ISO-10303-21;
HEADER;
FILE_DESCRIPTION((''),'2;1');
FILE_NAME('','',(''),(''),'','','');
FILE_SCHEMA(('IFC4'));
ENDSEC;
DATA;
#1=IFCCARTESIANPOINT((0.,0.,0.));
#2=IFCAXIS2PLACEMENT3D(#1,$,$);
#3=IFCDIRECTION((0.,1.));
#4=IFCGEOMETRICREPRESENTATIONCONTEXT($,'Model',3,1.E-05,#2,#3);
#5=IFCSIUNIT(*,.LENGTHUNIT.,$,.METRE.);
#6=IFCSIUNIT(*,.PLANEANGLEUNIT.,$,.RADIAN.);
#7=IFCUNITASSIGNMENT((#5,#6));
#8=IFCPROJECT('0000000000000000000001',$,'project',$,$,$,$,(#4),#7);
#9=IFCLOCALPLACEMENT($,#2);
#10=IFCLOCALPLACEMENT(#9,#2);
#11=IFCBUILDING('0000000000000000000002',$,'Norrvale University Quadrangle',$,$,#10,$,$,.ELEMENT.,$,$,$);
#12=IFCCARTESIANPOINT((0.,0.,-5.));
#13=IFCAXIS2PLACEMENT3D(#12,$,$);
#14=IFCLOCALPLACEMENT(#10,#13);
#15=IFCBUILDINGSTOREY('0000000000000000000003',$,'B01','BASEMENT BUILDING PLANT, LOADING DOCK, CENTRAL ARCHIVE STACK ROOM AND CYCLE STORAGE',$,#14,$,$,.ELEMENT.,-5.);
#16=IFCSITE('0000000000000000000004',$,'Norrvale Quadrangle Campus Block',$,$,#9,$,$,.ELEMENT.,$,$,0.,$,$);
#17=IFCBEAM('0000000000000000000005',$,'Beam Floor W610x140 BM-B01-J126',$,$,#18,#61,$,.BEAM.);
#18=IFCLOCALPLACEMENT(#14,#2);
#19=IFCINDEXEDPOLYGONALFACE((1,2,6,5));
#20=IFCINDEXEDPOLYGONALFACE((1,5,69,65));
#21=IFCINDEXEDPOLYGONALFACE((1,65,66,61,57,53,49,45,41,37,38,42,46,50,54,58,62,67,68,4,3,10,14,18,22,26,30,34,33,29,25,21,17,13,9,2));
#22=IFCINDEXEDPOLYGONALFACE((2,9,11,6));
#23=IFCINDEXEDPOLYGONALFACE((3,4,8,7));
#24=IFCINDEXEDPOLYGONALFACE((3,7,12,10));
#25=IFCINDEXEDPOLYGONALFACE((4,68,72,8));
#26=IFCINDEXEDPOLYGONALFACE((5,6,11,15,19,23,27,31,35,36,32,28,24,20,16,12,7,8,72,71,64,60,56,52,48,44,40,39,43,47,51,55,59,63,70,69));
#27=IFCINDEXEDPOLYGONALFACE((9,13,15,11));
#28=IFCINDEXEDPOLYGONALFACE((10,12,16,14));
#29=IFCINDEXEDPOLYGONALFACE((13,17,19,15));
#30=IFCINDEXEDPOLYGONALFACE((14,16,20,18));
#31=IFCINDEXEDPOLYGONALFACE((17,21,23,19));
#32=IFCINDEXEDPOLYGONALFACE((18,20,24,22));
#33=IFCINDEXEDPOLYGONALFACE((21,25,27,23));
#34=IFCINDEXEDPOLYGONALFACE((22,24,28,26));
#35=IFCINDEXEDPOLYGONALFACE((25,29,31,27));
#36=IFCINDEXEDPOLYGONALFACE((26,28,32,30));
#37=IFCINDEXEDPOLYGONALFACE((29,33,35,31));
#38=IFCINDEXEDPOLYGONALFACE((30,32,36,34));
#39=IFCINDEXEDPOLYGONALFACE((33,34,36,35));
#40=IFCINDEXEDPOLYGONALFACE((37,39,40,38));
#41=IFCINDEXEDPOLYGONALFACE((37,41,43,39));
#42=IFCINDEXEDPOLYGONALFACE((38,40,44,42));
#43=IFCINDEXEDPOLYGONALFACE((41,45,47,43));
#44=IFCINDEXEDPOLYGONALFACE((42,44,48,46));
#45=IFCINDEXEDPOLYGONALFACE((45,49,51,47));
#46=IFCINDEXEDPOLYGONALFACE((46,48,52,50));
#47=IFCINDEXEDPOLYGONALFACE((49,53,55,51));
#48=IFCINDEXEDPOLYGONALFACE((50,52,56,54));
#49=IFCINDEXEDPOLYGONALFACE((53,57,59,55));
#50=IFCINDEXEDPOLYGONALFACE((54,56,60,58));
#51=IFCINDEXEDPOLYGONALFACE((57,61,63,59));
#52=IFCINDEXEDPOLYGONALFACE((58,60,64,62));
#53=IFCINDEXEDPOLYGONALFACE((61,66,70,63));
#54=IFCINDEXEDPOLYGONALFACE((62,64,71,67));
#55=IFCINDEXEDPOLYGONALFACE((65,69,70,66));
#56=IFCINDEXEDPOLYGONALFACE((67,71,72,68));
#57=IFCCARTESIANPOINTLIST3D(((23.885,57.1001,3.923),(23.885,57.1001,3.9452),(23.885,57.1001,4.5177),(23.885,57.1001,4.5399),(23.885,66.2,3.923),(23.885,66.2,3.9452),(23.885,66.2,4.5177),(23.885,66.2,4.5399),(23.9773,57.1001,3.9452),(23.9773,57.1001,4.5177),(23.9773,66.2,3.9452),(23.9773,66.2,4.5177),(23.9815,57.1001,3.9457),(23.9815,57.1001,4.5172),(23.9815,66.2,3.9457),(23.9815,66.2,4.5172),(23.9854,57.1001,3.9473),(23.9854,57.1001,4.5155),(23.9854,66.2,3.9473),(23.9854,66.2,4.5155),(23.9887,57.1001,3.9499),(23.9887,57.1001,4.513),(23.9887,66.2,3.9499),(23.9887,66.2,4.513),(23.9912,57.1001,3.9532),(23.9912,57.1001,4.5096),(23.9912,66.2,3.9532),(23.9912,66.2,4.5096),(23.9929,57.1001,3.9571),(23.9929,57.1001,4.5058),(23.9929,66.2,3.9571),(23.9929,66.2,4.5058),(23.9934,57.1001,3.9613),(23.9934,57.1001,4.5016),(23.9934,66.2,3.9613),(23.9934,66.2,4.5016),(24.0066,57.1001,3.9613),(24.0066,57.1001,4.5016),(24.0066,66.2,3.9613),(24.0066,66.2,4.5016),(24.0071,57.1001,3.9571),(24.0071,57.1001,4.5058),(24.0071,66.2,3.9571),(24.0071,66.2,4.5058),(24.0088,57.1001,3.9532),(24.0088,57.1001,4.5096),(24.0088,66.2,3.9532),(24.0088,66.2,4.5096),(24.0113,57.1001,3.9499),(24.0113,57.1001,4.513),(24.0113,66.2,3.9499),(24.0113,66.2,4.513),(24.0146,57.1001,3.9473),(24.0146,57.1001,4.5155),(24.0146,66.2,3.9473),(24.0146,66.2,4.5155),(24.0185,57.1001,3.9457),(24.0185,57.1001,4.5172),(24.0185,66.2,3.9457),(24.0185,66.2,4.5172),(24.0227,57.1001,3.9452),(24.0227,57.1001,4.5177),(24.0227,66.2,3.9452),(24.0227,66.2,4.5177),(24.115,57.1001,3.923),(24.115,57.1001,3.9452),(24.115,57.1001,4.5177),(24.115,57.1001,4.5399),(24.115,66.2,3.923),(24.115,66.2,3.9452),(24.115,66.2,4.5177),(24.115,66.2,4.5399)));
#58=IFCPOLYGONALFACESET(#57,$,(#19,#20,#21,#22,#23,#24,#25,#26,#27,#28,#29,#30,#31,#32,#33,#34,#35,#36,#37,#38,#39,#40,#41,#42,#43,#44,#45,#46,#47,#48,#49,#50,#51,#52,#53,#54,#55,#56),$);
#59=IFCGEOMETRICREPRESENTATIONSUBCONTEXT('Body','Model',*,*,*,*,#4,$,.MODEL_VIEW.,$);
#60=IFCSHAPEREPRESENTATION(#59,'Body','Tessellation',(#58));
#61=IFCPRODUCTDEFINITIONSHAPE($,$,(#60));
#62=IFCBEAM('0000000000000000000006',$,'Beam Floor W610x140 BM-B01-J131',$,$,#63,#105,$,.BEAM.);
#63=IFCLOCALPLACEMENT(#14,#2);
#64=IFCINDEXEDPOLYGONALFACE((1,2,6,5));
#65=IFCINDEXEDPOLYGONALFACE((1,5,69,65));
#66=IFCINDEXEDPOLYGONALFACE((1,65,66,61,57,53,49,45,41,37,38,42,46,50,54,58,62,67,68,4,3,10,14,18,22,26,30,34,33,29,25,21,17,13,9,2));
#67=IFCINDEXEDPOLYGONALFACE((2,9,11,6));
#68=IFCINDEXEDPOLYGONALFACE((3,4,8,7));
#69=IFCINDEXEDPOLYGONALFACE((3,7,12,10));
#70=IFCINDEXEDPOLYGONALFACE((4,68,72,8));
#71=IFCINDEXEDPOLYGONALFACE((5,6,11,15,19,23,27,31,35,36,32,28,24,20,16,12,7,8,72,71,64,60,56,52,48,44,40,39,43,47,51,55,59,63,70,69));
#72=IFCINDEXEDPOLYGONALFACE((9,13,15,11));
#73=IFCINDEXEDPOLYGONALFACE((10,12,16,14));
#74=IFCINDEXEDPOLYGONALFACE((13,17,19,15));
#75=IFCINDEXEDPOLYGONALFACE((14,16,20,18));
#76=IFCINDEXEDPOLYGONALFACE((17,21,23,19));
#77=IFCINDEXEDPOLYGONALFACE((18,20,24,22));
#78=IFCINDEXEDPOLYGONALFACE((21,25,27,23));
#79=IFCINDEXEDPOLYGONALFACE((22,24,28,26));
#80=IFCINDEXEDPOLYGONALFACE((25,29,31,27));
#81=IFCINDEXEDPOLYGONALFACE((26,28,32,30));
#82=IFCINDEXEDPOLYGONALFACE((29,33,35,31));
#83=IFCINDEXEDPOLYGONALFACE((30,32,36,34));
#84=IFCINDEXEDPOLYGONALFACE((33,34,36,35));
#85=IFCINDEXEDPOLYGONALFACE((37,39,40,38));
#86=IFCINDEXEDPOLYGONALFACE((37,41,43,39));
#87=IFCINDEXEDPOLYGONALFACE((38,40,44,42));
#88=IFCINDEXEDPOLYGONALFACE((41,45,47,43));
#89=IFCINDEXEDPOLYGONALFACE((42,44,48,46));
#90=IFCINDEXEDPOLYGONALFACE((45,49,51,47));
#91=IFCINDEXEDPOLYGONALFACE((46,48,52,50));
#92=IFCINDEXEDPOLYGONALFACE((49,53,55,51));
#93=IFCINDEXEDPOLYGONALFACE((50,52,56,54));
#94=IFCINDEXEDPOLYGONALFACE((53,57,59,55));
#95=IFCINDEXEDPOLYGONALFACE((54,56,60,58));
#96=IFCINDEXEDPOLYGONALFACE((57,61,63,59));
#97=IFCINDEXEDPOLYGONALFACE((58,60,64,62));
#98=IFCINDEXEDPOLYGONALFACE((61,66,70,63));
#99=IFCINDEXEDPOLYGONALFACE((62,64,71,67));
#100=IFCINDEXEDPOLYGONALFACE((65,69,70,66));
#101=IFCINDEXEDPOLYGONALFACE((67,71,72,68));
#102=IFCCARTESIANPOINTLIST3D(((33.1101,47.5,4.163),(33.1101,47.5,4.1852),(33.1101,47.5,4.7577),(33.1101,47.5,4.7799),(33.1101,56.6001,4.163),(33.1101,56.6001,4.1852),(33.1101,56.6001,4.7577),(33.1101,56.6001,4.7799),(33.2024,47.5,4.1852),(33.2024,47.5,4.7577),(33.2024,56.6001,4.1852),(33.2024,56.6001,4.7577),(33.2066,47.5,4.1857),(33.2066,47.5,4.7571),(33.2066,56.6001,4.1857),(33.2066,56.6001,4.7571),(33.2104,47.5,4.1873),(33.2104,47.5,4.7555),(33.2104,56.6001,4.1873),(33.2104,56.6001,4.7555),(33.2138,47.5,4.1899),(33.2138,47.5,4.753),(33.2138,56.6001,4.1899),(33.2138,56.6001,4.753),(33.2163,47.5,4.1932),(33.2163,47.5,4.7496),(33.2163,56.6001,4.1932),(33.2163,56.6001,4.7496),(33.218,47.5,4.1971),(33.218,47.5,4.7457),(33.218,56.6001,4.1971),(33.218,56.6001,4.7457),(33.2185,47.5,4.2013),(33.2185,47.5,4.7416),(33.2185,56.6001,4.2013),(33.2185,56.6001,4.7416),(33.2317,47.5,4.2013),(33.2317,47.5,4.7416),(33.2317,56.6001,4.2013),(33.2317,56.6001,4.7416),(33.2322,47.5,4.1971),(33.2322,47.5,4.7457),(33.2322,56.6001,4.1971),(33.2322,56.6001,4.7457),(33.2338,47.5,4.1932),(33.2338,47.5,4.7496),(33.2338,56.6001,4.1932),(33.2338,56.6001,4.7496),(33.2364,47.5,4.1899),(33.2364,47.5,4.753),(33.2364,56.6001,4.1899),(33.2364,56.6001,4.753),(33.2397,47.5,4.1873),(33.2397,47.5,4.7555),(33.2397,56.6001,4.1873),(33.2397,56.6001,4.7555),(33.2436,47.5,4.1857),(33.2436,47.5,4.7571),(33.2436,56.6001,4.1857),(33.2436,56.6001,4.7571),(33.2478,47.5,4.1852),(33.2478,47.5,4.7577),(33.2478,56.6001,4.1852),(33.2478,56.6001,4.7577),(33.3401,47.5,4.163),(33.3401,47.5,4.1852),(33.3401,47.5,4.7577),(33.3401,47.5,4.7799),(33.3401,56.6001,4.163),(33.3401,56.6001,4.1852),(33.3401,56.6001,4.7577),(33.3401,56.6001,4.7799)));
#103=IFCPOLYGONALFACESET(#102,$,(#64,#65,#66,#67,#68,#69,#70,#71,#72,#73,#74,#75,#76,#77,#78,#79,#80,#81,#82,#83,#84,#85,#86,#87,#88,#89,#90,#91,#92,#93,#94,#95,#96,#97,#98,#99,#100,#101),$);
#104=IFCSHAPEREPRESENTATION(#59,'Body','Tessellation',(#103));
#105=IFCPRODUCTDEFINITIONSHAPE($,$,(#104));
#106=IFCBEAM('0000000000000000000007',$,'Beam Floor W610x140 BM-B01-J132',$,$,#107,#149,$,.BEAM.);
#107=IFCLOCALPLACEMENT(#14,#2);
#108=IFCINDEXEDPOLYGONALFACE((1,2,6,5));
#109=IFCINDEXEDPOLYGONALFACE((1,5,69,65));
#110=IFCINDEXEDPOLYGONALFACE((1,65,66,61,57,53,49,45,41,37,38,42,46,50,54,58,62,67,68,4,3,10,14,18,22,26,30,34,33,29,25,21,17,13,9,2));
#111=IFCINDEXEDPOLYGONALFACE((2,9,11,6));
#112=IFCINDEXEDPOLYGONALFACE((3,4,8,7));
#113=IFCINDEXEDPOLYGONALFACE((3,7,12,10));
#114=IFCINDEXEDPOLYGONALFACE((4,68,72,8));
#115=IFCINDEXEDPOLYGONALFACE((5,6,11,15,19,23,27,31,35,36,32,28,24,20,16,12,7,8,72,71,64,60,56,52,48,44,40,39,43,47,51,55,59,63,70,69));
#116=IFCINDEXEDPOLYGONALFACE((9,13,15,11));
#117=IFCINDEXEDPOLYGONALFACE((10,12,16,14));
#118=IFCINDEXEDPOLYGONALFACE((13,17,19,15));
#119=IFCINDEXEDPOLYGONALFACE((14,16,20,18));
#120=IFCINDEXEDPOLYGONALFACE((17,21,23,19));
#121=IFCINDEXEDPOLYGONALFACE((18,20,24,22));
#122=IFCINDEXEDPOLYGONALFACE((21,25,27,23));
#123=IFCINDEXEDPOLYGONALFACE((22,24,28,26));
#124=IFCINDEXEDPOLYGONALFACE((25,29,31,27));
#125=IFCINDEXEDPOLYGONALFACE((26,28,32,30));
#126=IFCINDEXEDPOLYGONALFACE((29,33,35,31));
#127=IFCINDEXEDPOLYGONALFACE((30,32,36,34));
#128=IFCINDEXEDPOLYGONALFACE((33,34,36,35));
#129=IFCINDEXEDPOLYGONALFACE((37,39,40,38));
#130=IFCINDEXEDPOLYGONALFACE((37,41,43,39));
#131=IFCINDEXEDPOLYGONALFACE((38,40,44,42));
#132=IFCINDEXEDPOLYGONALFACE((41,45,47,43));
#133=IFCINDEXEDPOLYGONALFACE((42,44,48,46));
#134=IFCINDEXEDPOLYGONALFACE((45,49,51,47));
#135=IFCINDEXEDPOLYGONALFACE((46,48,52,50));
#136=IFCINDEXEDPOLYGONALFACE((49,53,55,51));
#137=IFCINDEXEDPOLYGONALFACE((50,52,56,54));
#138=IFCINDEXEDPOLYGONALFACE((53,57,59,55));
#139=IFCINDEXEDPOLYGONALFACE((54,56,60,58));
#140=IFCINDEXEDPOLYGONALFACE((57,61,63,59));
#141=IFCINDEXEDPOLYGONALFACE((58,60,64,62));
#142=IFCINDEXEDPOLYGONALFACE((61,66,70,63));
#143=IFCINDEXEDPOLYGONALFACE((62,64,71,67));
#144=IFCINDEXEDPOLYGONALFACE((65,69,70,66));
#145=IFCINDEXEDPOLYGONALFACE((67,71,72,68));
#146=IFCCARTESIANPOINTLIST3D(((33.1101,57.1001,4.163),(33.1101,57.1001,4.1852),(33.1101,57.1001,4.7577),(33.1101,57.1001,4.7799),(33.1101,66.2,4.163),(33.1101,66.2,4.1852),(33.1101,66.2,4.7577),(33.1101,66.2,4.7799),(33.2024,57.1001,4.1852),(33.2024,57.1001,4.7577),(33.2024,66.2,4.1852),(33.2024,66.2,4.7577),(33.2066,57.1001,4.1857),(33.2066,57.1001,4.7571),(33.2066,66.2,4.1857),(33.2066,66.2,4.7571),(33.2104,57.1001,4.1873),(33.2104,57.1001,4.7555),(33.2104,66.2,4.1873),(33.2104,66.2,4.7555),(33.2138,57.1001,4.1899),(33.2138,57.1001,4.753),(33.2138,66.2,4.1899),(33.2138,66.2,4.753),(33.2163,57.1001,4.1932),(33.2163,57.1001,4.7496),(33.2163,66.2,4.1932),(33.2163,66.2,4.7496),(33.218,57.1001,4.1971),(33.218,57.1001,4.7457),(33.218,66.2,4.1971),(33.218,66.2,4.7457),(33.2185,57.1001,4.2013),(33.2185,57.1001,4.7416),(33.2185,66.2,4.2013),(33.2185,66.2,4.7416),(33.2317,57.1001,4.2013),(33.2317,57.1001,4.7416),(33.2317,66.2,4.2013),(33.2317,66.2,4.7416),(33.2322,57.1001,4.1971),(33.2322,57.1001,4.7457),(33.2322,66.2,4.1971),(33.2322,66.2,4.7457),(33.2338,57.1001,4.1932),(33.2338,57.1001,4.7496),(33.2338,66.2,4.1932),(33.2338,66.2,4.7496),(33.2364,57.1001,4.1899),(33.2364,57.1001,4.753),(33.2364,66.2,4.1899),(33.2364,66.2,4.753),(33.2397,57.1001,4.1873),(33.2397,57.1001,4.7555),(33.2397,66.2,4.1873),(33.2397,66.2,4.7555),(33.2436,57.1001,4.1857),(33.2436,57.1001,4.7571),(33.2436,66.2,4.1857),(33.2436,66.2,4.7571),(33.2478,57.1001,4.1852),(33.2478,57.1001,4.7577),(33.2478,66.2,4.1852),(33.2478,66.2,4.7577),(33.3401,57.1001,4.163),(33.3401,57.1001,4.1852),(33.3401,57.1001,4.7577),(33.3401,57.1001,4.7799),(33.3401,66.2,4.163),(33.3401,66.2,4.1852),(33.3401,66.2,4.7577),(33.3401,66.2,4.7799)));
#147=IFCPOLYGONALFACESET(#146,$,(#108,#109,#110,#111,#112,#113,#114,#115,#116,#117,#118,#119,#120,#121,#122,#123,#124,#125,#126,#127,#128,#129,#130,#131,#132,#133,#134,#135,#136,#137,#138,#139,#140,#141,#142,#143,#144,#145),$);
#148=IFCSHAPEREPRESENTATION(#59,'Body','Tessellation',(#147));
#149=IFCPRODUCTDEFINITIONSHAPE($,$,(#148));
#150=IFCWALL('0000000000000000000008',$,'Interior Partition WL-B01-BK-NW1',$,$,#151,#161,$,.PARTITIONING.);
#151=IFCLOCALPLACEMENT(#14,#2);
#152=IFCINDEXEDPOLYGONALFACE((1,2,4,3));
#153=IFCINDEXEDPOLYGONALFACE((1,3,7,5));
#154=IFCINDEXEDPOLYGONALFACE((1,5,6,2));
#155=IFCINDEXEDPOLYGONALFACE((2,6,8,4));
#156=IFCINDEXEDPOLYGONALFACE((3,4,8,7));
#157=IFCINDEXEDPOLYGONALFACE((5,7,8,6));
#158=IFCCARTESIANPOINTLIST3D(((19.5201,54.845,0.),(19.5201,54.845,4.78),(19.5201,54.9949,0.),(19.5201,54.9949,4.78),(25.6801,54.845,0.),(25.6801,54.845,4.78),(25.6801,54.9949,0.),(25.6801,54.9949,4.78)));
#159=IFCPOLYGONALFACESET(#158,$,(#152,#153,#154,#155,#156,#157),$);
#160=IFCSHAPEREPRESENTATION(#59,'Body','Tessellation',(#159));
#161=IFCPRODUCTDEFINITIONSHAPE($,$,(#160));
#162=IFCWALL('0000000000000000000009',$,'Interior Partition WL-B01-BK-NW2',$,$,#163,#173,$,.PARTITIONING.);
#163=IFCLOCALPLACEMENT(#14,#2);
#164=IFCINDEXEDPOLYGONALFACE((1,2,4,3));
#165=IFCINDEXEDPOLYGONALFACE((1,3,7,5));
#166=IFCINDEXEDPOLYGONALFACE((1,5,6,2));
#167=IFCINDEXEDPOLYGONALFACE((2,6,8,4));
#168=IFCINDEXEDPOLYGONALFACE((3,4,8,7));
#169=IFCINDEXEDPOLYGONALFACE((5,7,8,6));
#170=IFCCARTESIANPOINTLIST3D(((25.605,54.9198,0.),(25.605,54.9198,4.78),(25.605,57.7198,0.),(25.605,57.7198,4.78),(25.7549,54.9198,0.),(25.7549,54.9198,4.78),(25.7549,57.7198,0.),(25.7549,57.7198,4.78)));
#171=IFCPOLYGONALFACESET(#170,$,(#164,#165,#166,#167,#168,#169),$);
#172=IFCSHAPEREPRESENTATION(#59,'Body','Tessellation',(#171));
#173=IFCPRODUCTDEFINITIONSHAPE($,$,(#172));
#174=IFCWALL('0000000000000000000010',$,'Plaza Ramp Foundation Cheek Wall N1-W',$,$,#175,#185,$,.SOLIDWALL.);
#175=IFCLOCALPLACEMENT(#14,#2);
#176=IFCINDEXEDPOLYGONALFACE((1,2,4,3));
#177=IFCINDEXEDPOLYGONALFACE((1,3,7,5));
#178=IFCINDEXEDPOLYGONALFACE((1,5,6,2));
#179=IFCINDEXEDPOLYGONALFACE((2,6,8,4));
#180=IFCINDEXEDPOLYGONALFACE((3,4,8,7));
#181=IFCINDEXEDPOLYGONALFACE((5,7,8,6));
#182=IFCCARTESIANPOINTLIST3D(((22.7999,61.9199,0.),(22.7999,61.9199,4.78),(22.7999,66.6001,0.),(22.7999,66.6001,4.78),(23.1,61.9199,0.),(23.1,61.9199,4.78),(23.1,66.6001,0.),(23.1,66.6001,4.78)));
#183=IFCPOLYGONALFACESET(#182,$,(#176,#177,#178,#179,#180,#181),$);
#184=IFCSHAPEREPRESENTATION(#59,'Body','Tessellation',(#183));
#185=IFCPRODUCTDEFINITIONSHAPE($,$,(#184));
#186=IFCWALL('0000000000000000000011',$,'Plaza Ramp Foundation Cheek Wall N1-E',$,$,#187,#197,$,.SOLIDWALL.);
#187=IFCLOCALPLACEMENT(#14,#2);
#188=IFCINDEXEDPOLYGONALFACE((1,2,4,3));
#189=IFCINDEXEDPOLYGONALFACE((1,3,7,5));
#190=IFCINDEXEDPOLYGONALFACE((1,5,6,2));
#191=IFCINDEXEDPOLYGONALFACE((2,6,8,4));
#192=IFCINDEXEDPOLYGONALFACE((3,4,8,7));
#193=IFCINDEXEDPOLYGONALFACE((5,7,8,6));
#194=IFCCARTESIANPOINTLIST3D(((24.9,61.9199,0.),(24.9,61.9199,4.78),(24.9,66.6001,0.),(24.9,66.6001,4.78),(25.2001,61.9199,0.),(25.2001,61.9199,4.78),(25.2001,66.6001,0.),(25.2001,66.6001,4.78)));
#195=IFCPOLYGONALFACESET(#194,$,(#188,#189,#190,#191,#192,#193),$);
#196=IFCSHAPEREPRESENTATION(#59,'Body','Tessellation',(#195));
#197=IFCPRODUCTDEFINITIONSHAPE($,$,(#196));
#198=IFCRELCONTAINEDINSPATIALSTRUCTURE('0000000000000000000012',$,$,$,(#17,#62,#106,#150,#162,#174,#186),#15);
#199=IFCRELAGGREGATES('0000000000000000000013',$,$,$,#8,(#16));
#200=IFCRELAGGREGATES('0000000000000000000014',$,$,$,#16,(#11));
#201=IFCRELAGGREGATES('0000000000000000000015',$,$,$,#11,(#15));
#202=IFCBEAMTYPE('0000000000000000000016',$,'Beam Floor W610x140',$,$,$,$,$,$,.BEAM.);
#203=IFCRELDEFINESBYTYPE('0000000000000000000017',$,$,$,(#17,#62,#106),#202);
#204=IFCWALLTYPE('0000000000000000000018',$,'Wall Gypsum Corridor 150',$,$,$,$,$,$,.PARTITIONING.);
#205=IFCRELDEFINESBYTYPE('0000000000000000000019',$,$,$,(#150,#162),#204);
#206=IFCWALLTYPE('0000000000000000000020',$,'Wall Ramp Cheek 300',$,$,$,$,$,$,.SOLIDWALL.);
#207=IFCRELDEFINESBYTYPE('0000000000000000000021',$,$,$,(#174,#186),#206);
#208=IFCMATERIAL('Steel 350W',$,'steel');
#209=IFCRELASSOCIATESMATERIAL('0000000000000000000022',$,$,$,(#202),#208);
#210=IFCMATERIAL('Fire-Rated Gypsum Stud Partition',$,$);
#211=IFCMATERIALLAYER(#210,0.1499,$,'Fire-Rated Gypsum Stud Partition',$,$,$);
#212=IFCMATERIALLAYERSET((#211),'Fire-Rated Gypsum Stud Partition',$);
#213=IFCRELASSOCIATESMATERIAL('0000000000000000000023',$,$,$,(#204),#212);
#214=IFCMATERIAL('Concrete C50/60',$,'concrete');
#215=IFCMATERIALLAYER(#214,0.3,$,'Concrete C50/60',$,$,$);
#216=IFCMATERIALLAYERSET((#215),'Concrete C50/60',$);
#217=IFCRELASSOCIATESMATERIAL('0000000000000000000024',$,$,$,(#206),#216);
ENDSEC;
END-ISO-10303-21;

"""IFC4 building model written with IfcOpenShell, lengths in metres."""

from ifc_helpers import new_model, si_unit, direction, frame, frame_2d, origin, origin_2d, place, context, subcontext, project, spatial, rectangle, i_section, extrude, material, layer, layer_set, material_profile, profile_set, type_object, element, save


model = new_model("IFC4")

# Units and contexts
model_context = context("Model", 3, precision=1e-05, world=origin(), true_north=direction((0.0, 1.0)))
body_context = subcontext(model_context, "Body", "Model", "MODEL_VIEW")
ifc_project = project(units=[si_unit("LENGTHUNIT", "METRE"), si_unit("PLANEANGLEUNIT", "RADIAN")], contexts=[model_context])

# Site, building, storey
site_placement = place(None, origin())
site = spatial("IfcSite", under=ifc_project, at=site_placement, Name="Norrvale Quadrangle Campus Block", CompositionType="ELEMENT", RefElevation=0.0)
building_placement = place(site_placement, origin())
building = spatial("IfcBuilding", under=site, at=building_placement, Name="Norrvale University Quadrangle", CompositionType="ELEMENT")
storey_placement = place(building_placement, frame((0.0, 0.0, -5.0)))
storey = spatial("IfcBuildingStorey", under=building, at=storey_placement, Name="B01", Description="BASEMENT BUILDING PLANT, LOADING DOCK, CENTRAL ARCHIVE STACK ROOM AND CYCLE STORAGE", CompositionType="ELEMENT", Elevation=-5.0)

# Shared definitions
ifc_material_1 = material(Name="Concrete C50/60", Category="concrete")

# Beams
ifc_material_2 = material(Name="Steel 350W", Category="steel")
ifc_material_profile_1 = material_profile(ifc_material_2, i_section(OverallWidth=0.23, OverallDepth=0.6169, WebThickness=0.0132, FlangeThickness=0.0222, FilletRadius=0.0161, at=origin_2d()), Name="Steel 350W")
ifc_profile_set_1 = profile_set([ifc_material_profile_1], Name="Steel 350W")
beam_type_1 = type_object("IfcBeamType", Name="Beam Floor W610x140", PredefinedType="BEAM", material=ifc_profile_set_1)
beam_1_placement = place(storey_placement, frame((24.0, 57.1001, 4.2314), z_axis=(0.0, 1.0, 0.0), x_axis=(-1.0, 0.0, 0.0)))
element("IfcBeam", 1, at=beam_1_placement, inside=storey, type_object=beam_type_1, Name="Beam Floor W610x140 BM-B01-J126", PredefinedType="BEAM", context=body_context, shape_type="SweptSolid", body=[
    extrude(i_section(OverallWidth=0.23, OverallDepth=0.6169, WebThickness=0.0132, FlangeThickness=0.0222, FilletRadius=0.0161, at=origin_2d()), origin(), (0.0, 0.0, 1.0), 9.0999),
])
beam_2_placement = place(storey_placement, frame((33.2251, 47.5, 4.4714), z_axis=(0.0, 1.0, 0.0), x_axis=(-1.0, 0.0, 0.0)))
element("IfcBeam", 2, at=beam_2_placement, inside=storey, type_object=beam_type_1, Name="Beam Floor W610x140 BM-B01-J131", PredefinedType="BEAM", context=body_context, shape_type="SweptSolid", body=[
    extrude(i_section(OverallWidth=0.23, OverallDepth=0.6169, WebThickness=0.0132, FlangeThickness=0.0222, FilletRadius=0.0161, at=origin_2d()), origin(), (0.0, 0.0, 1.0), 9.1001),
])
beam_3_placement = place(storey_placement, frame((33.2251, 57.1001, 4.4714), z_axis=(0.0, 1.0, 0.0), x_axis=(-1.0, 0.0, 0.0)))
element("IfcBeam", 3, at=beam_3_placement, inside=storey, type_object=beam_type_1, Name="Beam Floor W610x140 BM-B01-J132", PredefinedType="BEAM", context=body_context, shape_type="SweptSolid", body=[
    extrude(i_section(OverallWidth=0.23, OverallDepth=0.6169, WebThickness=0.0132, FlangeThickness=0.0222, FilletRadius=0.0161, at=origin_2d()), origin(), (0.0, 0.0, 1.0), 9.0999),
])

# Walls
ifc_material_3 = material(Name="Fire-Rated Gypsum Stud Partition")
ifc_layer_1 = layer(ifc_material_3, 0.1499, Name="Fire-Rated Gypsum Stud Partition")
ifc_layer_set_1 = layer_set([ifc_layer_1], Name="Fire-Rated Gypsum Stud Partition")
wall_type_1 = type_object("IfcWallType", Name="Wall Gypsum Corridor 150", PredefinedType="PARTITIONING", material=ifc_layer_set_1)
wall_1_placement = place(storey_placement, frame((19.52, 54.9199, 0.0), z_axis=(0.0, 0.0, 1.0), x_axis=(1.0, 0.0, 0.0)))
element("IfcWall", 4, at=wall_1_placement, inside=storey, type_object=wall_type_1, Name="Interior Partition WL-B01-BK-NW1", PredefinedType="PARTITIONING", context=body_context, shape_type="SweptSolid", body=[
    extrude(rectangle(XDim=6.1599, YDim=0.1499, at=frame_2d((3.0801, 0.0))), origin(), (0.0, 0.0, 1.0), 4.78),
])
wall_2_placement = place(storey_placement, frame((25.6799, 54.9199, 0.0), z_axis=(0.0, 0.0, 1.0), x_axis=(0.0, 1.0, 0.0)))
element("IfcWall", 5, at=wall_2_placement, inside=storey, type_object=wall_type_1, Name="Interior Partition WL-B01-BK-NW2", PredefinedType="PARTITIONING", context=body_context, shape_type="SweptSolid", body=[
    extrude(rectangle(XDim=2.8, YDim=0.1499, at=frame_2d((1.3999, 0.0))), origin(), (0.0, 0.0, 1.0), 4.78),
])
ifc_layer_2 = layer(ifc_material_1, 0.3, Name="Concrete C50/60")
ifc_layer_set_2 = layer_set([ifc_layer_2], Name="Concrete C50/60")
wall_type_2 = type_object("IfcWallType", Name="Wall Ramp Cheek 300", PredefinedType="SOLIDWALL", material=ifc_layer_set_2)
for number, where, z_axis, x_axis, name in (
    (6, (22.95, 61.9199, 0.0), (0.0, 0.0, 1.0), (0.0, 1.0, 0.0), "Plaza Ramp Foundation Cheek Wall N1-W"),
    (7, (25.05, 61.9199, 0.0), (0.0, 0.0, 1.0), (0.0, 1.0, 0.0), "Plaza Ramp Foundation Cheek Wall N1-E"),
):
    element("IfcWall", number, at=place(storey_placement, frame(where, z_axis=z_axis, x_axis=x_axis)), inside=storey, type_object=wall_type_2, Name=name, PredefinedType="SOLIDWALL", context=body_context, shape_type="SweptSolid", body=[
        extrude(rectangle(XDim=4.6802, YDim=0.3, at=frame_2d((2.3401, 0.0))), origin(), (0.0, 0.0, 1.0), 4.78),
    ])

save(model, "model.ifc")
